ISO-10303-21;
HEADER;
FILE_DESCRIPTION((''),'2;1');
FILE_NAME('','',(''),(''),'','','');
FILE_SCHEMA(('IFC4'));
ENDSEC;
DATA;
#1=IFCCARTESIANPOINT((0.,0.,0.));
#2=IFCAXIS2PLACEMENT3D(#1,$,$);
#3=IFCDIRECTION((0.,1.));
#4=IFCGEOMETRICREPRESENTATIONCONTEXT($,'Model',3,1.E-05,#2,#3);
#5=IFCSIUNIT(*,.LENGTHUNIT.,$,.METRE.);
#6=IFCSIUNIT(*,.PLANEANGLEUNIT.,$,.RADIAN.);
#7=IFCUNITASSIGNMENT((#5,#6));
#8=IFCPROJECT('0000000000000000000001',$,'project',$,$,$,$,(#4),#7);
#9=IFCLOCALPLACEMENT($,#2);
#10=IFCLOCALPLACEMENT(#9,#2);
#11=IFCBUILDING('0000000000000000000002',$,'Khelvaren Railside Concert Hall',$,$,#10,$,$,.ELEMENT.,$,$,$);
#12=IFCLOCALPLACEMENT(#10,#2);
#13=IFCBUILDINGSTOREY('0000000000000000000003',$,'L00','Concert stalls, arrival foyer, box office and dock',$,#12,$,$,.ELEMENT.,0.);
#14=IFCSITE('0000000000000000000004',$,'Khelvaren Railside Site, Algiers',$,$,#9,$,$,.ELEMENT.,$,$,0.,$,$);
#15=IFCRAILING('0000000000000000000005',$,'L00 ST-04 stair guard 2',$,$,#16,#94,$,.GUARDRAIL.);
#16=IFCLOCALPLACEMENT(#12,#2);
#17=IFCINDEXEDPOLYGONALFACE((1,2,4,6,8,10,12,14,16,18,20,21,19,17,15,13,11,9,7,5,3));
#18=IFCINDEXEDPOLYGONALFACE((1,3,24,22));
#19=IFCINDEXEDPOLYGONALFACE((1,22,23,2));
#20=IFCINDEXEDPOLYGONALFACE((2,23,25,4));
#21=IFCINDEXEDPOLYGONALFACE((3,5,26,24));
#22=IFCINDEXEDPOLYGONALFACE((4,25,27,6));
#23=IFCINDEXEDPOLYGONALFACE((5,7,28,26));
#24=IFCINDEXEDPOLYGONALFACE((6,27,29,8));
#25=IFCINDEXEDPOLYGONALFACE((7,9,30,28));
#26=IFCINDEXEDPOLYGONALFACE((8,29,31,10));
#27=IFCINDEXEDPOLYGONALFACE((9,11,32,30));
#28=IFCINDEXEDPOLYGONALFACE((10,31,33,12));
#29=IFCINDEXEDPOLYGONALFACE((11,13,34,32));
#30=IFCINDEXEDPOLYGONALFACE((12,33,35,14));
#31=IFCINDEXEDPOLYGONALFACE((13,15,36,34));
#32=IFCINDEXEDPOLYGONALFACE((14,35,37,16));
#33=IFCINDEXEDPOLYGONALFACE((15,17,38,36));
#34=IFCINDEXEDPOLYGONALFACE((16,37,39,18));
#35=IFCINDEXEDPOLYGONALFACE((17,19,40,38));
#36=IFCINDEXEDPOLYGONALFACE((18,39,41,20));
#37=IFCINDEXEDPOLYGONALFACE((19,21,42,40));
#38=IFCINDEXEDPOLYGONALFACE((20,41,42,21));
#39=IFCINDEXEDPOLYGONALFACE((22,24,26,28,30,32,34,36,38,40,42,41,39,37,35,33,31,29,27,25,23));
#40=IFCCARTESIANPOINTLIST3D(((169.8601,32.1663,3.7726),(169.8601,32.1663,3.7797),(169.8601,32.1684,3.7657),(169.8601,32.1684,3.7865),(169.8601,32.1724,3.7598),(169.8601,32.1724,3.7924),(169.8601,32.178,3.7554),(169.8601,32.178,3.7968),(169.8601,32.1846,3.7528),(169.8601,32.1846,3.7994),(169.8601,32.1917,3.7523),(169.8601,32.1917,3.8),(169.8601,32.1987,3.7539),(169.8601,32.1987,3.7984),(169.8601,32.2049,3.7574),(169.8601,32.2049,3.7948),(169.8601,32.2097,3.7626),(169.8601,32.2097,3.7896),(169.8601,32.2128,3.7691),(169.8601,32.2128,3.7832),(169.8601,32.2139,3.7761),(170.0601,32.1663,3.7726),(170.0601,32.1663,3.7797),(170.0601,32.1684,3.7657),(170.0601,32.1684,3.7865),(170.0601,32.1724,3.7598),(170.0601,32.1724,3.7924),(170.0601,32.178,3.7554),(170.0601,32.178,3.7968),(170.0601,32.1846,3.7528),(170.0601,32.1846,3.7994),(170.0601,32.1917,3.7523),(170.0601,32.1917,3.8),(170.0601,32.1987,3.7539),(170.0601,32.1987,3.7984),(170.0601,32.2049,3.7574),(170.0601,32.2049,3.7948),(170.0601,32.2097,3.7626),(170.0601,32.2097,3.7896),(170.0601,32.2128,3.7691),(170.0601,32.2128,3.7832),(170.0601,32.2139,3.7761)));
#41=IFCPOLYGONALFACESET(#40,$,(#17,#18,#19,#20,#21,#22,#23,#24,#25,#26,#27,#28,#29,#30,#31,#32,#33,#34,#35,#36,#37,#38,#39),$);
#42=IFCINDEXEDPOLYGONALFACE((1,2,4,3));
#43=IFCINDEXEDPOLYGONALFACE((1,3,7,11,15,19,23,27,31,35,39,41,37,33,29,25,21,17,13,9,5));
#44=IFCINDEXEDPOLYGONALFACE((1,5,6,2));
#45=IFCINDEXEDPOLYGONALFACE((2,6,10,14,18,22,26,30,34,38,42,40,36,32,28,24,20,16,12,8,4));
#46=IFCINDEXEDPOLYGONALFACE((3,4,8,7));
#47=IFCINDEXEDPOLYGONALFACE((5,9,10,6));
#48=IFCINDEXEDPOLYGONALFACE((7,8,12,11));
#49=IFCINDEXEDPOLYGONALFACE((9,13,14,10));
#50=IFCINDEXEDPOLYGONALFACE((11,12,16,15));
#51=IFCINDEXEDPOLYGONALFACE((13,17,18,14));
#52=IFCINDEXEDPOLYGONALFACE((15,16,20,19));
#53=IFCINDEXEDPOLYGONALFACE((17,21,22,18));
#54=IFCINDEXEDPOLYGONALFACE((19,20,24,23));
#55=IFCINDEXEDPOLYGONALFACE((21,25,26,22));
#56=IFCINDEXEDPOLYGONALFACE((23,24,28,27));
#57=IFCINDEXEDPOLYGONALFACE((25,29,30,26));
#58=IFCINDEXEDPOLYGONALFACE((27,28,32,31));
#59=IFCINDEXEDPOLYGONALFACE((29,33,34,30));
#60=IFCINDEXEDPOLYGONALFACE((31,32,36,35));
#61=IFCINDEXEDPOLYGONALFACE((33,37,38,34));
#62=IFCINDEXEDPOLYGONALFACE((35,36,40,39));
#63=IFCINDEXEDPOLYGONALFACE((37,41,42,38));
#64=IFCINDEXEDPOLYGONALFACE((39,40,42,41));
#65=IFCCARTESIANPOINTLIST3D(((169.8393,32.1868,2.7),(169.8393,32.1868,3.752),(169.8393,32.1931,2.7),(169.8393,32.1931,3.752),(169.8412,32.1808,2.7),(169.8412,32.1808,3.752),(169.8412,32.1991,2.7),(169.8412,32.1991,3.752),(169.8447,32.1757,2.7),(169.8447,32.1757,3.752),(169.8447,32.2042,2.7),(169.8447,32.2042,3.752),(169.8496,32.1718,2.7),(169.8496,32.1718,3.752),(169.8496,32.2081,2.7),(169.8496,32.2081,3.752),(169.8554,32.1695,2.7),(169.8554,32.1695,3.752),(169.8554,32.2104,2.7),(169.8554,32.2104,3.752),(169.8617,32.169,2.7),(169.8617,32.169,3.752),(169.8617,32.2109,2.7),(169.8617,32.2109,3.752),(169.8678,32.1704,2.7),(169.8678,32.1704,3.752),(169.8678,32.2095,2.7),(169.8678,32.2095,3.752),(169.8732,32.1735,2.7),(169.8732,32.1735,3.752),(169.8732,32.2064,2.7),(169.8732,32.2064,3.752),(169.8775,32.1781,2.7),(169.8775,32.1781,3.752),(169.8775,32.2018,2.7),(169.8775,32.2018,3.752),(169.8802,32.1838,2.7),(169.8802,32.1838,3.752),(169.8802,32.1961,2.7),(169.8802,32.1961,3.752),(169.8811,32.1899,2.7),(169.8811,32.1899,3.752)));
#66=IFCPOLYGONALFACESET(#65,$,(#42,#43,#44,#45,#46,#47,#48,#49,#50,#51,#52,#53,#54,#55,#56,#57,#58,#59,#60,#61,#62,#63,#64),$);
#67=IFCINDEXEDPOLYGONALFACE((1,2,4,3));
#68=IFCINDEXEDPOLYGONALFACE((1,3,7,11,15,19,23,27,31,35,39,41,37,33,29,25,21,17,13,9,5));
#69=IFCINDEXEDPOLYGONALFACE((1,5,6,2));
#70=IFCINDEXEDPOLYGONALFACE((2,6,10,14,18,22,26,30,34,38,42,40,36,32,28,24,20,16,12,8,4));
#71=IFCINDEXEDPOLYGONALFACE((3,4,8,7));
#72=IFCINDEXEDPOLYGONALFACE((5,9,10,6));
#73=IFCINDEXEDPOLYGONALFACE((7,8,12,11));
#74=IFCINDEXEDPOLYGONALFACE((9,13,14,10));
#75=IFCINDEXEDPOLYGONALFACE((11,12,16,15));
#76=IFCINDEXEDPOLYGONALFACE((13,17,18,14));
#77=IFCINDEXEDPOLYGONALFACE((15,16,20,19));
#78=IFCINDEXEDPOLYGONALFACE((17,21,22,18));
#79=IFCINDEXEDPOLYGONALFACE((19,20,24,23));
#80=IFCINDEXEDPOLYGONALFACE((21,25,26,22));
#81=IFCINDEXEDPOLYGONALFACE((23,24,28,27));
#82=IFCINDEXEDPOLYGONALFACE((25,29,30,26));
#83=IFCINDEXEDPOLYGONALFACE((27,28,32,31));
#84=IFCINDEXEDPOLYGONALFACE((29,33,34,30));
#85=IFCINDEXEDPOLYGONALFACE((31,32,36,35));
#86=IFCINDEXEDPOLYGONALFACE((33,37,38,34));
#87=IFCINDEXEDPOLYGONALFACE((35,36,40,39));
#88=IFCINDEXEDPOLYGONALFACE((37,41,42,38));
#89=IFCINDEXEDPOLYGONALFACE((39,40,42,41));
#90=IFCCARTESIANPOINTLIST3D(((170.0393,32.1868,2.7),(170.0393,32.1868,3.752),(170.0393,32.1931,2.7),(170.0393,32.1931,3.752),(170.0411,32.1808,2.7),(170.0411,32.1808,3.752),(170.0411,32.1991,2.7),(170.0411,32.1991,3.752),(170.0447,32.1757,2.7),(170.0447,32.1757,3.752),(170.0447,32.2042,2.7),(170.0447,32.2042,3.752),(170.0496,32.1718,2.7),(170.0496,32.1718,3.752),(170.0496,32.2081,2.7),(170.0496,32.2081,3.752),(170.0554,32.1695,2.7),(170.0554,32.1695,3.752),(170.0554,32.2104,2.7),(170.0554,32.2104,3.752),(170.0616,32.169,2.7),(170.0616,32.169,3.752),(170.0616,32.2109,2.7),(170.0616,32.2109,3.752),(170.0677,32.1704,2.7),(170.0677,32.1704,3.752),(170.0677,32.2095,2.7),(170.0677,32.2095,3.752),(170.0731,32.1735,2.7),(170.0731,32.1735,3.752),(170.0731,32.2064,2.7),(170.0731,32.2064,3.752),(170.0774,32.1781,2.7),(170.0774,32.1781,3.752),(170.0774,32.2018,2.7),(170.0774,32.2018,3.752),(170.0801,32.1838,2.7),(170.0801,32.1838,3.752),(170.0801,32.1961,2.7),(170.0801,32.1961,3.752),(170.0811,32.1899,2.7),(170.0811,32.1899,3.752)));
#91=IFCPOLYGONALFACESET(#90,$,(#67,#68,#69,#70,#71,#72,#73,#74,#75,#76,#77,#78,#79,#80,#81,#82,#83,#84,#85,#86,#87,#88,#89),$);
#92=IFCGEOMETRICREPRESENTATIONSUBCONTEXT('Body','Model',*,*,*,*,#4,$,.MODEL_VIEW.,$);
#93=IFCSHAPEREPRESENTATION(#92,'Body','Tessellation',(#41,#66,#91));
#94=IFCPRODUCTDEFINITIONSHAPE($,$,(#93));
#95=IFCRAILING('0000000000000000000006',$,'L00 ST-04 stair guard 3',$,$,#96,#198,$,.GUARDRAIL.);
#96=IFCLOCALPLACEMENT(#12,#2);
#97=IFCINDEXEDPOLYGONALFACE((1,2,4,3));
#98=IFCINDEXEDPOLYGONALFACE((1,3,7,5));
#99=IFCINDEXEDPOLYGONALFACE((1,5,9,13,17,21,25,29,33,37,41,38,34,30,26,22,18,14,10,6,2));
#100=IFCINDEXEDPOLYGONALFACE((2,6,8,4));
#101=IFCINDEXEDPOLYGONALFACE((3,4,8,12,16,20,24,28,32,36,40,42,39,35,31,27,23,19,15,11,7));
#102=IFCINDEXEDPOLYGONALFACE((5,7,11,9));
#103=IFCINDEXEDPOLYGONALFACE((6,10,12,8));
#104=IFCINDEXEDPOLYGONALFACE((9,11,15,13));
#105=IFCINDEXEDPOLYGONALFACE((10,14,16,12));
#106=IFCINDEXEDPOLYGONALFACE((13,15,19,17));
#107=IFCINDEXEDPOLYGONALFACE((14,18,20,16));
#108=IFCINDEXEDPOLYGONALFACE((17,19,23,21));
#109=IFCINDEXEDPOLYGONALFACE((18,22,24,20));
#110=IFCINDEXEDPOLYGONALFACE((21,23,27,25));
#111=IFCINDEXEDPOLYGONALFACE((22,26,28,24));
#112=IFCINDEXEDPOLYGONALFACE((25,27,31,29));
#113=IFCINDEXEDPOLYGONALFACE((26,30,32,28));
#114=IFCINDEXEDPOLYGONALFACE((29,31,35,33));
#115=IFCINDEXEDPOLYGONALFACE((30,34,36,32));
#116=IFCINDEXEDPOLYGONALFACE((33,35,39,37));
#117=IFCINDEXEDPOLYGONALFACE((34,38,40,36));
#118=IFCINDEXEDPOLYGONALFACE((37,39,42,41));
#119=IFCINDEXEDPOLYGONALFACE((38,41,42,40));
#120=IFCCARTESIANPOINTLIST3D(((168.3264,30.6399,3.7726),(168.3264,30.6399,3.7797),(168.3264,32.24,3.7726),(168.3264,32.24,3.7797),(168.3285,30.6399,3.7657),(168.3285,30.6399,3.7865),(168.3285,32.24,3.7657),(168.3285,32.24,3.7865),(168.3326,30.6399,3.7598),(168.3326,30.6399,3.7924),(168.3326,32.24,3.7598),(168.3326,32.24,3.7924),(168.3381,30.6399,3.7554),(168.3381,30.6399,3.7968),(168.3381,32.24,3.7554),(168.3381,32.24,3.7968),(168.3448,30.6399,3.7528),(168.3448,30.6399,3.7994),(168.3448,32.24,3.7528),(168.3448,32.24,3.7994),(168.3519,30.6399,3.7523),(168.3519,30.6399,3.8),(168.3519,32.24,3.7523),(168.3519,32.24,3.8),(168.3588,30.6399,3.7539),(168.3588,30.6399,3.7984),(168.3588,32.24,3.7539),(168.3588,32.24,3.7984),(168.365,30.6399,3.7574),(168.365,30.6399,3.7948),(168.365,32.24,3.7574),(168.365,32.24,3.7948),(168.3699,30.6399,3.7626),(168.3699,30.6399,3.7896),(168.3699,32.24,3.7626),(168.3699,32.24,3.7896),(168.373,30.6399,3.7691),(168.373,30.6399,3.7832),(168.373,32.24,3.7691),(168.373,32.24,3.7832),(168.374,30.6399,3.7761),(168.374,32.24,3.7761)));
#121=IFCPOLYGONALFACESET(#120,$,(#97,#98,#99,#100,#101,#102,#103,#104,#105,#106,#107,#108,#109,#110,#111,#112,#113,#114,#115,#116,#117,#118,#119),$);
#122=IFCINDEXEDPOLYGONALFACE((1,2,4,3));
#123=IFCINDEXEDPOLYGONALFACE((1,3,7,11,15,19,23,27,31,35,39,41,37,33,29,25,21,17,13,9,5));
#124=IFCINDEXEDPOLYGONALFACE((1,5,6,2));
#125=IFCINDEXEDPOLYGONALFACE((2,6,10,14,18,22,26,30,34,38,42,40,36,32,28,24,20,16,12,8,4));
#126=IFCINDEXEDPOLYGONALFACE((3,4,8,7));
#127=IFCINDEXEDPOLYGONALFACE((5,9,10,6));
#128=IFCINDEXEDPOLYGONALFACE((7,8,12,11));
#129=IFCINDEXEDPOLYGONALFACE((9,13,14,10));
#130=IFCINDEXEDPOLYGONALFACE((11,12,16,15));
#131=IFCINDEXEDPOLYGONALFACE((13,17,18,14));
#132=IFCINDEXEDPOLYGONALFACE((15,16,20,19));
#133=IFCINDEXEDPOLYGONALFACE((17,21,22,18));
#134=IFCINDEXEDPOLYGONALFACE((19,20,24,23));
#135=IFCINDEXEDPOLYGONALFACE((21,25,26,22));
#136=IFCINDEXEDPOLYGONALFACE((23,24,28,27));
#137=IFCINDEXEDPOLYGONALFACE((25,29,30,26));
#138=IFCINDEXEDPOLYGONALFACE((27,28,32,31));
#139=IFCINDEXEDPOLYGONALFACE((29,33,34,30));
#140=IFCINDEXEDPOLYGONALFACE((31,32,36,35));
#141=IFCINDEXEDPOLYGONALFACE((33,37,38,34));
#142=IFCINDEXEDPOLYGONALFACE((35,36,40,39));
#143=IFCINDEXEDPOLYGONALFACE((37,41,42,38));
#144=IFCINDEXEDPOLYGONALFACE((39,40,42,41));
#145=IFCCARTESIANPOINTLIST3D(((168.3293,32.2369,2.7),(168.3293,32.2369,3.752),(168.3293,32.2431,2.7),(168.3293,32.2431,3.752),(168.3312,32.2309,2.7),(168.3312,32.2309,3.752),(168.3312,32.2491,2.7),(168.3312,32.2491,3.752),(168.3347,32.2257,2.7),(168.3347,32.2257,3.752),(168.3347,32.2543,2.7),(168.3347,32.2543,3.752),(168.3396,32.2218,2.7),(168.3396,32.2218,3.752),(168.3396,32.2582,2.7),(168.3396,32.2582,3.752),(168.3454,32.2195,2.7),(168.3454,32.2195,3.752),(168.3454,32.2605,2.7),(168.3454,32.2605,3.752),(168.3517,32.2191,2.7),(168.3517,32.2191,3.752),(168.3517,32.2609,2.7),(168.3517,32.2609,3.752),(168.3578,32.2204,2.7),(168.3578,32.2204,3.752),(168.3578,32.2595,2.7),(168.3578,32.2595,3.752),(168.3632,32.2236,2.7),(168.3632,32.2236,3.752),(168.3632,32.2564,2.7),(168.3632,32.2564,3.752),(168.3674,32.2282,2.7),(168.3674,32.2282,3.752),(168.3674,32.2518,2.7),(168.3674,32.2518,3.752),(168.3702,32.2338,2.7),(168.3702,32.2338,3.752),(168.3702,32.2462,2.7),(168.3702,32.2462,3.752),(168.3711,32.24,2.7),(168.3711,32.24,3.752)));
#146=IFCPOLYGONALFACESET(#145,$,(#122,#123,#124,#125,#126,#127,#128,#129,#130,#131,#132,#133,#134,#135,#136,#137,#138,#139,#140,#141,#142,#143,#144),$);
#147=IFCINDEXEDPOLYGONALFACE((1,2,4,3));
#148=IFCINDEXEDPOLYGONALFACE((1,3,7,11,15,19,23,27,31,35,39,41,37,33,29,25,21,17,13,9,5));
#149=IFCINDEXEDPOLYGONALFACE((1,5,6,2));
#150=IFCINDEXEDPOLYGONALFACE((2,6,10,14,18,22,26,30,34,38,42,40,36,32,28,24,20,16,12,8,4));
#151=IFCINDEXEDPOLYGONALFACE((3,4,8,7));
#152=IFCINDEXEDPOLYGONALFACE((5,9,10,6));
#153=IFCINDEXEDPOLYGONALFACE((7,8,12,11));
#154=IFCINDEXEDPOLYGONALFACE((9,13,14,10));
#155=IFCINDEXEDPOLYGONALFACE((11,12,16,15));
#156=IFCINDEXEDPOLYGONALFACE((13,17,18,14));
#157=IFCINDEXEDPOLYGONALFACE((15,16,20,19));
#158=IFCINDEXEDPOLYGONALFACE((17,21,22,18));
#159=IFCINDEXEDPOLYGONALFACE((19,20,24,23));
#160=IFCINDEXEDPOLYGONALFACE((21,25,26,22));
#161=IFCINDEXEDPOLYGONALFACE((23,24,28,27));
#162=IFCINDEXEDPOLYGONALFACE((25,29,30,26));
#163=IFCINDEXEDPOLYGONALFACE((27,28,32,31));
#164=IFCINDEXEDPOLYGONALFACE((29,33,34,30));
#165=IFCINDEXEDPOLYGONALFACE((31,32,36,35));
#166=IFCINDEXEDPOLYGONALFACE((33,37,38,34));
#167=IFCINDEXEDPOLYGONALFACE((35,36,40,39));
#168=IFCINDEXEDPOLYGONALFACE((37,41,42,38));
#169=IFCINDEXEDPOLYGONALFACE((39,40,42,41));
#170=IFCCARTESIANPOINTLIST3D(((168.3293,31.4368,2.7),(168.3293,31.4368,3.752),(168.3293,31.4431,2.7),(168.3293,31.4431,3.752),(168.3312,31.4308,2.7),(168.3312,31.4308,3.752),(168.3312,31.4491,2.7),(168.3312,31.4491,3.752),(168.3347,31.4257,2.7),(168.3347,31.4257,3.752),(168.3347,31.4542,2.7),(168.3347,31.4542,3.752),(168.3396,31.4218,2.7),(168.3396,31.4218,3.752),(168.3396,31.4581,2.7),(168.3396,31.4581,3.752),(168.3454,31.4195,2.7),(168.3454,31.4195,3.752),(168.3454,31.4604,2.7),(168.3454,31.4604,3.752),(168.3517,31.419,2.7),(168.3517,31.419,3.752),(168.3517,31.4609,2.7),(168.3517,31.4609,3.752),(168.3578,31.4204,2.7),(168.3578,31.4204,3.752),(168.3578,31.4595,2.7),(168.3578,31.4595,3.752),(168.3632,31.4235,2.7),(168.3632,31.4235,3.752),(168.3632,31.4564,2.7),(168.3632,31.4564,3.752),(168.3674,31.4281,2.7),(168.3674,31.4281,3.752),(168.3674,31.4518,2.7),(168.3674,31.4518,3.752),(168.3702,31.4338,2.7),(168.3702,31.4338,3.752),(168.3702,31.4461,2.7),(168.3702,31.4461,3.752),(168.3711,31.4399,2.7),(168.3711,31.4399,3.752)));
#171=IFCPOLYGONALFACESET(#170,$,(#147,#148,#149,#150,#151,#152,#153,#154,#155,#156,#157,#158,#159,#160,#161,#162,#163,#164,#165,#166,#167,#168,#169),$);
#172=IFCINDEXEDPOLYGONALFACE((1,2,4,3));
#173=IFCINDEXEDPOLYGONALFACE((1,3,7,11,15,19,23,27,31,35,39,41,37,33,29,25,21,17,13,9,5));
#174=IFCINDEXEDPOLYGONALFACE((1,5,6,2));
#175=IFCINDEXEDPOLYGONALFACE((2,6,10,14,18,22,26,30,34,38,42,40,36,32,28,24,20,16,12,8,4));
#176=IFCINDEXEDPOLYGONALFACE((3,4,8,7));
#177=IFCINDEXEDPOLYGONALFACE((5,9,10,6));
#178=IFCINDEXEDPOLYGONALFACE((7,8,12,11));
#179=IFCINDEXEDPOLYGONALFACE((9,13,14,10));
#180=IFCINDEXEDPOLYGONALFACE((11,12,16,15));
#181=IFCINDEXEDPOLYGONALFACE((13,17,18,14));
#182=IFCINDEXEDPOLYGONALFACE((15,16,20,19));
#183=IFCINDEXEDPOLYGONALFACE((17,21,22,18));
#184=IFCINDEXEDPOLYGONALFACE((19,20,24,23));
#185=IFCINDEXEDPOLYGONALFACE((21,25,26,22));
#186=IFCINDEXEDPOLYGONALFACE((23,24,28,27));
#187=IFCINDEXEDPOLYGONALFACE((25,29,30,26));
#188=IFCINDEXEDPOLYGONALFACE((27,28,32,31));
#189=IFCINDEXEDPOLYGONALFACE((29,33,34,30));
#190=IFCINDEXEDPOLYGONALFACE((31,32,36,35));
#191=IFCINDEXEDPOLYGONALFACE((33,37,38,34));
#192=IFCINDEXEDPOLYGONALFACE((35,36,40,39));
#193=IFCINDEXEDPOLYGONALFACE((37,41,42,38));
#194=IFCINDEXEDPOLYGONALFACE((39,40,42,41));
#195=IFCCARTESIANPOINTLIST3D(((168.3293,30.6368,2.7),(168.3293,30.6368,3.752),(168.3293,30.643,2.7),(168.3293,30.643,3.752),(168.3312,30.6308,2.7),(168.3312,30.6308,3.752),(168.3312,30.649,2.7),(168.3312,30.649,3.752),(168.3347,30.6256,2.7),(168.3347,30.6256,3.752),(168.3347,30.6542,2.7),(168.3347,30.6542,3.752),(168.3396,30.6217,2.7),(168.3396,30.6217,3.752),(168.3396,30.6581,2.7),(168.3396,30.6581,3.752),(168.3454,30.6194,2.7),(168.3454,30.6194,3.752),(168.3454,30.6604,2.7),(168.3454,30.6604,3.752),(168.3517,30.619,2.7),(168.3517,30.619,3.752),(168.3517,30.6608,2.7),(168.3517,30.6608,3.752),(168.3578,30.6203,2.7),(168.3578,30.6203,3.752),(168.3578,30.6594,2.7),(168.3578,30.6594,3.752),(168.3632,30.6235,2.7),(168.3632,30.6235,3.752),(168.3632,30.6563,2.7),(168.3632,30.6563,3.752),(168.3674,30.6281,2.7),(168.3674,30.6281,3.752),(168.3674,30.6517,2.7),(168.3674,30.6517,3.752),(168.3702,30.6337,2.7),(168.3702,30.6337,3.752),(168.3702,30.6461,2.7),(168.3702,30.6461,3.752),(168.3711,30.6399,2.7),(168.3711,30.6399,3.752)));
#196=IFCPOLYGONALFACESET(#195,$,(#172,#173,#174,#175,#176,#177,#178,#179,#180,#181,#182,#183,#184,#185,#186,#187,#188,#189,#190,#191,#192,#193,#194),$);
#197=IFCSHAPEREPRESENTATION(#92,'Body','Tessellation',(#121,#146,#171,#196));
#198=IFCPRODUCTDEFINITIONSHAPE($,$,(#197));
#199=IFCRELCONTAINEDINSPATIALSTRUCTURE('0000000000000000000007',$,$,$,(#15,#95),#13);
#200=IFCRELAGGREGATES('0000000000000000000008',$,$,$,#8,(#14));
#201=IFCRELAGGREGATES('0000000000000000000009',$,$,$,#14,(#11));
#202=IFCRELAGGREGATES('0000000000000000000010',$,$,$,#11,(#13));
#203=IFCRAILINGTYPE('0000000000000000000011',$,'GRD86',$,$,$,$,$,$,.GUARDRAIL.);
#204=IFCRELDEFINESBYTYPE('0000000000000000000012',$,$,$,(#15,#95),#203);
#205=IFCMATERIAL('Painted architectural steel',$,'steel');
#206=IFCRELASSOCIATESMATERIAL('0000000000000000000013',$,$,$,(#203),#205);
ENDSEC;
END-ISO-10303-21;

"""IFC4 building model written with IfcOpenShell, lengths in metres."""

from ifc_helpers import new_model, si_unit, direction, frame, origin, origin_2d, place, context, subcontext, project, spatial, circle, extrude, material, type_object, element, save


model = new_model("IFC4")

# Units and contexts
model_context = context("Model", 3, precision=1e-05, world=origin(), true_north=direction((0.0, 1.0)))
body_context = subcontext(model_context, "Body", "Model", "MODEL_VIEW")
ifc_project = project(units=[si_unit("LENGTHUNIT", "METRE"), si_unit("PLANEANGLEUNIT", "RADIAN")], contexts=[model_context])

# Site, building, storey
site_placement = place(None, origin())
site = spatial("IfcSite", under=ifc_project, at=site_placement, Name="Khelvaren Railside Site, Algiers", CompositionType="ELEMENT", RefElevation=0.0)
building_placement = place(site_placement, origin())
building = spatial("IfcBuilding", under=site, at=building_placement, Name="Khelvaren Railside Concert Hall", CompositionType="ELEMENT")
storey_placement = place(building_placement, origin())
storey = spatial("IfcBuildingStorey", under=building, at=storey_placement, Name="L00", Description="Concert stalls, arrival foyer, box office and dock", CompositionType="ELEMENT", Elevation=0.0)

# Railings
ifc_material_1 = material(Name="Painted architectural steel", Category="steel")
railing_type_1 = type_object("IfcRailingType", Name="GRD86", PredefinedType="GUARDRAIL", material=ifc_material_1)
railing_1_placement = place(storey_placement, frame((169.8601, 32.1899, 2.7)))
element("IfcRailing", 1, at=railing_1_placement, inside=storey, type_object=railing_type_1, Name="L00 ST-04 stair guard 2", PredefinedType="GUARDRAIL", context=body_context, shape_type="SweptSolid", body=[
    extrude(circle(Radius=0.0239, at=origin_2d()), frame((0.0, 0.0, 1.0762), z_axis=(1.0, 0.0, 0.0), x_axis=(0.0, 1.0, 0.0)), (0.0, 0.0, 1.0), 0.2),
    extrude(circle(Radius=0.021, at=origin_2d()), origin(), (0.0, 0.0, 1.0), 1.052),
    extrude(circle(Radius=0.021, at=origin_2d()), frame((0.2, 0.0, 0.0)), (0.0, 0.0, 1.0), 1.052),
])
for number, where, name in (
    (2, (168.3501, 32.24, 2.7), "L00 ST-04 stair guard 3"),
):
    element("IfcRailing", number, at=place(storey_placement, frame(where)), inside=storey, type_object=railing_type_1, Name=name, PredefinedType="GUARDRAIL", context=body_context, shape_type="SweptSolid", body=[
        extrude(circle(Radius=0.0239, at=origin_2d()), frame((0.0, 0.0, 1.0762), z_axis=(0.0, -1.0, 0.0), x_axis=(1.0, 0.0, 0.0)), (0.0, 0.0, 1.0), 1.6001),
        extrude(circle(Radius=0.021, at=origin_2d()), origin(), (0.0, 0.0, 1.0), 1.052),
        extrude(circle(Radius=0.021, at=origin_2d()), frame((0.0, -0.8, 0.0)), (0.0, 0.0, 1.0), 1.052),
        extrude(circle(Radius=0.021, at=origin_2d()), frame((0.0, -1.6001, 0.0)), (0.0, 0.0, 1.0), 1.052),
    ])

save(model, "model.ifc")
